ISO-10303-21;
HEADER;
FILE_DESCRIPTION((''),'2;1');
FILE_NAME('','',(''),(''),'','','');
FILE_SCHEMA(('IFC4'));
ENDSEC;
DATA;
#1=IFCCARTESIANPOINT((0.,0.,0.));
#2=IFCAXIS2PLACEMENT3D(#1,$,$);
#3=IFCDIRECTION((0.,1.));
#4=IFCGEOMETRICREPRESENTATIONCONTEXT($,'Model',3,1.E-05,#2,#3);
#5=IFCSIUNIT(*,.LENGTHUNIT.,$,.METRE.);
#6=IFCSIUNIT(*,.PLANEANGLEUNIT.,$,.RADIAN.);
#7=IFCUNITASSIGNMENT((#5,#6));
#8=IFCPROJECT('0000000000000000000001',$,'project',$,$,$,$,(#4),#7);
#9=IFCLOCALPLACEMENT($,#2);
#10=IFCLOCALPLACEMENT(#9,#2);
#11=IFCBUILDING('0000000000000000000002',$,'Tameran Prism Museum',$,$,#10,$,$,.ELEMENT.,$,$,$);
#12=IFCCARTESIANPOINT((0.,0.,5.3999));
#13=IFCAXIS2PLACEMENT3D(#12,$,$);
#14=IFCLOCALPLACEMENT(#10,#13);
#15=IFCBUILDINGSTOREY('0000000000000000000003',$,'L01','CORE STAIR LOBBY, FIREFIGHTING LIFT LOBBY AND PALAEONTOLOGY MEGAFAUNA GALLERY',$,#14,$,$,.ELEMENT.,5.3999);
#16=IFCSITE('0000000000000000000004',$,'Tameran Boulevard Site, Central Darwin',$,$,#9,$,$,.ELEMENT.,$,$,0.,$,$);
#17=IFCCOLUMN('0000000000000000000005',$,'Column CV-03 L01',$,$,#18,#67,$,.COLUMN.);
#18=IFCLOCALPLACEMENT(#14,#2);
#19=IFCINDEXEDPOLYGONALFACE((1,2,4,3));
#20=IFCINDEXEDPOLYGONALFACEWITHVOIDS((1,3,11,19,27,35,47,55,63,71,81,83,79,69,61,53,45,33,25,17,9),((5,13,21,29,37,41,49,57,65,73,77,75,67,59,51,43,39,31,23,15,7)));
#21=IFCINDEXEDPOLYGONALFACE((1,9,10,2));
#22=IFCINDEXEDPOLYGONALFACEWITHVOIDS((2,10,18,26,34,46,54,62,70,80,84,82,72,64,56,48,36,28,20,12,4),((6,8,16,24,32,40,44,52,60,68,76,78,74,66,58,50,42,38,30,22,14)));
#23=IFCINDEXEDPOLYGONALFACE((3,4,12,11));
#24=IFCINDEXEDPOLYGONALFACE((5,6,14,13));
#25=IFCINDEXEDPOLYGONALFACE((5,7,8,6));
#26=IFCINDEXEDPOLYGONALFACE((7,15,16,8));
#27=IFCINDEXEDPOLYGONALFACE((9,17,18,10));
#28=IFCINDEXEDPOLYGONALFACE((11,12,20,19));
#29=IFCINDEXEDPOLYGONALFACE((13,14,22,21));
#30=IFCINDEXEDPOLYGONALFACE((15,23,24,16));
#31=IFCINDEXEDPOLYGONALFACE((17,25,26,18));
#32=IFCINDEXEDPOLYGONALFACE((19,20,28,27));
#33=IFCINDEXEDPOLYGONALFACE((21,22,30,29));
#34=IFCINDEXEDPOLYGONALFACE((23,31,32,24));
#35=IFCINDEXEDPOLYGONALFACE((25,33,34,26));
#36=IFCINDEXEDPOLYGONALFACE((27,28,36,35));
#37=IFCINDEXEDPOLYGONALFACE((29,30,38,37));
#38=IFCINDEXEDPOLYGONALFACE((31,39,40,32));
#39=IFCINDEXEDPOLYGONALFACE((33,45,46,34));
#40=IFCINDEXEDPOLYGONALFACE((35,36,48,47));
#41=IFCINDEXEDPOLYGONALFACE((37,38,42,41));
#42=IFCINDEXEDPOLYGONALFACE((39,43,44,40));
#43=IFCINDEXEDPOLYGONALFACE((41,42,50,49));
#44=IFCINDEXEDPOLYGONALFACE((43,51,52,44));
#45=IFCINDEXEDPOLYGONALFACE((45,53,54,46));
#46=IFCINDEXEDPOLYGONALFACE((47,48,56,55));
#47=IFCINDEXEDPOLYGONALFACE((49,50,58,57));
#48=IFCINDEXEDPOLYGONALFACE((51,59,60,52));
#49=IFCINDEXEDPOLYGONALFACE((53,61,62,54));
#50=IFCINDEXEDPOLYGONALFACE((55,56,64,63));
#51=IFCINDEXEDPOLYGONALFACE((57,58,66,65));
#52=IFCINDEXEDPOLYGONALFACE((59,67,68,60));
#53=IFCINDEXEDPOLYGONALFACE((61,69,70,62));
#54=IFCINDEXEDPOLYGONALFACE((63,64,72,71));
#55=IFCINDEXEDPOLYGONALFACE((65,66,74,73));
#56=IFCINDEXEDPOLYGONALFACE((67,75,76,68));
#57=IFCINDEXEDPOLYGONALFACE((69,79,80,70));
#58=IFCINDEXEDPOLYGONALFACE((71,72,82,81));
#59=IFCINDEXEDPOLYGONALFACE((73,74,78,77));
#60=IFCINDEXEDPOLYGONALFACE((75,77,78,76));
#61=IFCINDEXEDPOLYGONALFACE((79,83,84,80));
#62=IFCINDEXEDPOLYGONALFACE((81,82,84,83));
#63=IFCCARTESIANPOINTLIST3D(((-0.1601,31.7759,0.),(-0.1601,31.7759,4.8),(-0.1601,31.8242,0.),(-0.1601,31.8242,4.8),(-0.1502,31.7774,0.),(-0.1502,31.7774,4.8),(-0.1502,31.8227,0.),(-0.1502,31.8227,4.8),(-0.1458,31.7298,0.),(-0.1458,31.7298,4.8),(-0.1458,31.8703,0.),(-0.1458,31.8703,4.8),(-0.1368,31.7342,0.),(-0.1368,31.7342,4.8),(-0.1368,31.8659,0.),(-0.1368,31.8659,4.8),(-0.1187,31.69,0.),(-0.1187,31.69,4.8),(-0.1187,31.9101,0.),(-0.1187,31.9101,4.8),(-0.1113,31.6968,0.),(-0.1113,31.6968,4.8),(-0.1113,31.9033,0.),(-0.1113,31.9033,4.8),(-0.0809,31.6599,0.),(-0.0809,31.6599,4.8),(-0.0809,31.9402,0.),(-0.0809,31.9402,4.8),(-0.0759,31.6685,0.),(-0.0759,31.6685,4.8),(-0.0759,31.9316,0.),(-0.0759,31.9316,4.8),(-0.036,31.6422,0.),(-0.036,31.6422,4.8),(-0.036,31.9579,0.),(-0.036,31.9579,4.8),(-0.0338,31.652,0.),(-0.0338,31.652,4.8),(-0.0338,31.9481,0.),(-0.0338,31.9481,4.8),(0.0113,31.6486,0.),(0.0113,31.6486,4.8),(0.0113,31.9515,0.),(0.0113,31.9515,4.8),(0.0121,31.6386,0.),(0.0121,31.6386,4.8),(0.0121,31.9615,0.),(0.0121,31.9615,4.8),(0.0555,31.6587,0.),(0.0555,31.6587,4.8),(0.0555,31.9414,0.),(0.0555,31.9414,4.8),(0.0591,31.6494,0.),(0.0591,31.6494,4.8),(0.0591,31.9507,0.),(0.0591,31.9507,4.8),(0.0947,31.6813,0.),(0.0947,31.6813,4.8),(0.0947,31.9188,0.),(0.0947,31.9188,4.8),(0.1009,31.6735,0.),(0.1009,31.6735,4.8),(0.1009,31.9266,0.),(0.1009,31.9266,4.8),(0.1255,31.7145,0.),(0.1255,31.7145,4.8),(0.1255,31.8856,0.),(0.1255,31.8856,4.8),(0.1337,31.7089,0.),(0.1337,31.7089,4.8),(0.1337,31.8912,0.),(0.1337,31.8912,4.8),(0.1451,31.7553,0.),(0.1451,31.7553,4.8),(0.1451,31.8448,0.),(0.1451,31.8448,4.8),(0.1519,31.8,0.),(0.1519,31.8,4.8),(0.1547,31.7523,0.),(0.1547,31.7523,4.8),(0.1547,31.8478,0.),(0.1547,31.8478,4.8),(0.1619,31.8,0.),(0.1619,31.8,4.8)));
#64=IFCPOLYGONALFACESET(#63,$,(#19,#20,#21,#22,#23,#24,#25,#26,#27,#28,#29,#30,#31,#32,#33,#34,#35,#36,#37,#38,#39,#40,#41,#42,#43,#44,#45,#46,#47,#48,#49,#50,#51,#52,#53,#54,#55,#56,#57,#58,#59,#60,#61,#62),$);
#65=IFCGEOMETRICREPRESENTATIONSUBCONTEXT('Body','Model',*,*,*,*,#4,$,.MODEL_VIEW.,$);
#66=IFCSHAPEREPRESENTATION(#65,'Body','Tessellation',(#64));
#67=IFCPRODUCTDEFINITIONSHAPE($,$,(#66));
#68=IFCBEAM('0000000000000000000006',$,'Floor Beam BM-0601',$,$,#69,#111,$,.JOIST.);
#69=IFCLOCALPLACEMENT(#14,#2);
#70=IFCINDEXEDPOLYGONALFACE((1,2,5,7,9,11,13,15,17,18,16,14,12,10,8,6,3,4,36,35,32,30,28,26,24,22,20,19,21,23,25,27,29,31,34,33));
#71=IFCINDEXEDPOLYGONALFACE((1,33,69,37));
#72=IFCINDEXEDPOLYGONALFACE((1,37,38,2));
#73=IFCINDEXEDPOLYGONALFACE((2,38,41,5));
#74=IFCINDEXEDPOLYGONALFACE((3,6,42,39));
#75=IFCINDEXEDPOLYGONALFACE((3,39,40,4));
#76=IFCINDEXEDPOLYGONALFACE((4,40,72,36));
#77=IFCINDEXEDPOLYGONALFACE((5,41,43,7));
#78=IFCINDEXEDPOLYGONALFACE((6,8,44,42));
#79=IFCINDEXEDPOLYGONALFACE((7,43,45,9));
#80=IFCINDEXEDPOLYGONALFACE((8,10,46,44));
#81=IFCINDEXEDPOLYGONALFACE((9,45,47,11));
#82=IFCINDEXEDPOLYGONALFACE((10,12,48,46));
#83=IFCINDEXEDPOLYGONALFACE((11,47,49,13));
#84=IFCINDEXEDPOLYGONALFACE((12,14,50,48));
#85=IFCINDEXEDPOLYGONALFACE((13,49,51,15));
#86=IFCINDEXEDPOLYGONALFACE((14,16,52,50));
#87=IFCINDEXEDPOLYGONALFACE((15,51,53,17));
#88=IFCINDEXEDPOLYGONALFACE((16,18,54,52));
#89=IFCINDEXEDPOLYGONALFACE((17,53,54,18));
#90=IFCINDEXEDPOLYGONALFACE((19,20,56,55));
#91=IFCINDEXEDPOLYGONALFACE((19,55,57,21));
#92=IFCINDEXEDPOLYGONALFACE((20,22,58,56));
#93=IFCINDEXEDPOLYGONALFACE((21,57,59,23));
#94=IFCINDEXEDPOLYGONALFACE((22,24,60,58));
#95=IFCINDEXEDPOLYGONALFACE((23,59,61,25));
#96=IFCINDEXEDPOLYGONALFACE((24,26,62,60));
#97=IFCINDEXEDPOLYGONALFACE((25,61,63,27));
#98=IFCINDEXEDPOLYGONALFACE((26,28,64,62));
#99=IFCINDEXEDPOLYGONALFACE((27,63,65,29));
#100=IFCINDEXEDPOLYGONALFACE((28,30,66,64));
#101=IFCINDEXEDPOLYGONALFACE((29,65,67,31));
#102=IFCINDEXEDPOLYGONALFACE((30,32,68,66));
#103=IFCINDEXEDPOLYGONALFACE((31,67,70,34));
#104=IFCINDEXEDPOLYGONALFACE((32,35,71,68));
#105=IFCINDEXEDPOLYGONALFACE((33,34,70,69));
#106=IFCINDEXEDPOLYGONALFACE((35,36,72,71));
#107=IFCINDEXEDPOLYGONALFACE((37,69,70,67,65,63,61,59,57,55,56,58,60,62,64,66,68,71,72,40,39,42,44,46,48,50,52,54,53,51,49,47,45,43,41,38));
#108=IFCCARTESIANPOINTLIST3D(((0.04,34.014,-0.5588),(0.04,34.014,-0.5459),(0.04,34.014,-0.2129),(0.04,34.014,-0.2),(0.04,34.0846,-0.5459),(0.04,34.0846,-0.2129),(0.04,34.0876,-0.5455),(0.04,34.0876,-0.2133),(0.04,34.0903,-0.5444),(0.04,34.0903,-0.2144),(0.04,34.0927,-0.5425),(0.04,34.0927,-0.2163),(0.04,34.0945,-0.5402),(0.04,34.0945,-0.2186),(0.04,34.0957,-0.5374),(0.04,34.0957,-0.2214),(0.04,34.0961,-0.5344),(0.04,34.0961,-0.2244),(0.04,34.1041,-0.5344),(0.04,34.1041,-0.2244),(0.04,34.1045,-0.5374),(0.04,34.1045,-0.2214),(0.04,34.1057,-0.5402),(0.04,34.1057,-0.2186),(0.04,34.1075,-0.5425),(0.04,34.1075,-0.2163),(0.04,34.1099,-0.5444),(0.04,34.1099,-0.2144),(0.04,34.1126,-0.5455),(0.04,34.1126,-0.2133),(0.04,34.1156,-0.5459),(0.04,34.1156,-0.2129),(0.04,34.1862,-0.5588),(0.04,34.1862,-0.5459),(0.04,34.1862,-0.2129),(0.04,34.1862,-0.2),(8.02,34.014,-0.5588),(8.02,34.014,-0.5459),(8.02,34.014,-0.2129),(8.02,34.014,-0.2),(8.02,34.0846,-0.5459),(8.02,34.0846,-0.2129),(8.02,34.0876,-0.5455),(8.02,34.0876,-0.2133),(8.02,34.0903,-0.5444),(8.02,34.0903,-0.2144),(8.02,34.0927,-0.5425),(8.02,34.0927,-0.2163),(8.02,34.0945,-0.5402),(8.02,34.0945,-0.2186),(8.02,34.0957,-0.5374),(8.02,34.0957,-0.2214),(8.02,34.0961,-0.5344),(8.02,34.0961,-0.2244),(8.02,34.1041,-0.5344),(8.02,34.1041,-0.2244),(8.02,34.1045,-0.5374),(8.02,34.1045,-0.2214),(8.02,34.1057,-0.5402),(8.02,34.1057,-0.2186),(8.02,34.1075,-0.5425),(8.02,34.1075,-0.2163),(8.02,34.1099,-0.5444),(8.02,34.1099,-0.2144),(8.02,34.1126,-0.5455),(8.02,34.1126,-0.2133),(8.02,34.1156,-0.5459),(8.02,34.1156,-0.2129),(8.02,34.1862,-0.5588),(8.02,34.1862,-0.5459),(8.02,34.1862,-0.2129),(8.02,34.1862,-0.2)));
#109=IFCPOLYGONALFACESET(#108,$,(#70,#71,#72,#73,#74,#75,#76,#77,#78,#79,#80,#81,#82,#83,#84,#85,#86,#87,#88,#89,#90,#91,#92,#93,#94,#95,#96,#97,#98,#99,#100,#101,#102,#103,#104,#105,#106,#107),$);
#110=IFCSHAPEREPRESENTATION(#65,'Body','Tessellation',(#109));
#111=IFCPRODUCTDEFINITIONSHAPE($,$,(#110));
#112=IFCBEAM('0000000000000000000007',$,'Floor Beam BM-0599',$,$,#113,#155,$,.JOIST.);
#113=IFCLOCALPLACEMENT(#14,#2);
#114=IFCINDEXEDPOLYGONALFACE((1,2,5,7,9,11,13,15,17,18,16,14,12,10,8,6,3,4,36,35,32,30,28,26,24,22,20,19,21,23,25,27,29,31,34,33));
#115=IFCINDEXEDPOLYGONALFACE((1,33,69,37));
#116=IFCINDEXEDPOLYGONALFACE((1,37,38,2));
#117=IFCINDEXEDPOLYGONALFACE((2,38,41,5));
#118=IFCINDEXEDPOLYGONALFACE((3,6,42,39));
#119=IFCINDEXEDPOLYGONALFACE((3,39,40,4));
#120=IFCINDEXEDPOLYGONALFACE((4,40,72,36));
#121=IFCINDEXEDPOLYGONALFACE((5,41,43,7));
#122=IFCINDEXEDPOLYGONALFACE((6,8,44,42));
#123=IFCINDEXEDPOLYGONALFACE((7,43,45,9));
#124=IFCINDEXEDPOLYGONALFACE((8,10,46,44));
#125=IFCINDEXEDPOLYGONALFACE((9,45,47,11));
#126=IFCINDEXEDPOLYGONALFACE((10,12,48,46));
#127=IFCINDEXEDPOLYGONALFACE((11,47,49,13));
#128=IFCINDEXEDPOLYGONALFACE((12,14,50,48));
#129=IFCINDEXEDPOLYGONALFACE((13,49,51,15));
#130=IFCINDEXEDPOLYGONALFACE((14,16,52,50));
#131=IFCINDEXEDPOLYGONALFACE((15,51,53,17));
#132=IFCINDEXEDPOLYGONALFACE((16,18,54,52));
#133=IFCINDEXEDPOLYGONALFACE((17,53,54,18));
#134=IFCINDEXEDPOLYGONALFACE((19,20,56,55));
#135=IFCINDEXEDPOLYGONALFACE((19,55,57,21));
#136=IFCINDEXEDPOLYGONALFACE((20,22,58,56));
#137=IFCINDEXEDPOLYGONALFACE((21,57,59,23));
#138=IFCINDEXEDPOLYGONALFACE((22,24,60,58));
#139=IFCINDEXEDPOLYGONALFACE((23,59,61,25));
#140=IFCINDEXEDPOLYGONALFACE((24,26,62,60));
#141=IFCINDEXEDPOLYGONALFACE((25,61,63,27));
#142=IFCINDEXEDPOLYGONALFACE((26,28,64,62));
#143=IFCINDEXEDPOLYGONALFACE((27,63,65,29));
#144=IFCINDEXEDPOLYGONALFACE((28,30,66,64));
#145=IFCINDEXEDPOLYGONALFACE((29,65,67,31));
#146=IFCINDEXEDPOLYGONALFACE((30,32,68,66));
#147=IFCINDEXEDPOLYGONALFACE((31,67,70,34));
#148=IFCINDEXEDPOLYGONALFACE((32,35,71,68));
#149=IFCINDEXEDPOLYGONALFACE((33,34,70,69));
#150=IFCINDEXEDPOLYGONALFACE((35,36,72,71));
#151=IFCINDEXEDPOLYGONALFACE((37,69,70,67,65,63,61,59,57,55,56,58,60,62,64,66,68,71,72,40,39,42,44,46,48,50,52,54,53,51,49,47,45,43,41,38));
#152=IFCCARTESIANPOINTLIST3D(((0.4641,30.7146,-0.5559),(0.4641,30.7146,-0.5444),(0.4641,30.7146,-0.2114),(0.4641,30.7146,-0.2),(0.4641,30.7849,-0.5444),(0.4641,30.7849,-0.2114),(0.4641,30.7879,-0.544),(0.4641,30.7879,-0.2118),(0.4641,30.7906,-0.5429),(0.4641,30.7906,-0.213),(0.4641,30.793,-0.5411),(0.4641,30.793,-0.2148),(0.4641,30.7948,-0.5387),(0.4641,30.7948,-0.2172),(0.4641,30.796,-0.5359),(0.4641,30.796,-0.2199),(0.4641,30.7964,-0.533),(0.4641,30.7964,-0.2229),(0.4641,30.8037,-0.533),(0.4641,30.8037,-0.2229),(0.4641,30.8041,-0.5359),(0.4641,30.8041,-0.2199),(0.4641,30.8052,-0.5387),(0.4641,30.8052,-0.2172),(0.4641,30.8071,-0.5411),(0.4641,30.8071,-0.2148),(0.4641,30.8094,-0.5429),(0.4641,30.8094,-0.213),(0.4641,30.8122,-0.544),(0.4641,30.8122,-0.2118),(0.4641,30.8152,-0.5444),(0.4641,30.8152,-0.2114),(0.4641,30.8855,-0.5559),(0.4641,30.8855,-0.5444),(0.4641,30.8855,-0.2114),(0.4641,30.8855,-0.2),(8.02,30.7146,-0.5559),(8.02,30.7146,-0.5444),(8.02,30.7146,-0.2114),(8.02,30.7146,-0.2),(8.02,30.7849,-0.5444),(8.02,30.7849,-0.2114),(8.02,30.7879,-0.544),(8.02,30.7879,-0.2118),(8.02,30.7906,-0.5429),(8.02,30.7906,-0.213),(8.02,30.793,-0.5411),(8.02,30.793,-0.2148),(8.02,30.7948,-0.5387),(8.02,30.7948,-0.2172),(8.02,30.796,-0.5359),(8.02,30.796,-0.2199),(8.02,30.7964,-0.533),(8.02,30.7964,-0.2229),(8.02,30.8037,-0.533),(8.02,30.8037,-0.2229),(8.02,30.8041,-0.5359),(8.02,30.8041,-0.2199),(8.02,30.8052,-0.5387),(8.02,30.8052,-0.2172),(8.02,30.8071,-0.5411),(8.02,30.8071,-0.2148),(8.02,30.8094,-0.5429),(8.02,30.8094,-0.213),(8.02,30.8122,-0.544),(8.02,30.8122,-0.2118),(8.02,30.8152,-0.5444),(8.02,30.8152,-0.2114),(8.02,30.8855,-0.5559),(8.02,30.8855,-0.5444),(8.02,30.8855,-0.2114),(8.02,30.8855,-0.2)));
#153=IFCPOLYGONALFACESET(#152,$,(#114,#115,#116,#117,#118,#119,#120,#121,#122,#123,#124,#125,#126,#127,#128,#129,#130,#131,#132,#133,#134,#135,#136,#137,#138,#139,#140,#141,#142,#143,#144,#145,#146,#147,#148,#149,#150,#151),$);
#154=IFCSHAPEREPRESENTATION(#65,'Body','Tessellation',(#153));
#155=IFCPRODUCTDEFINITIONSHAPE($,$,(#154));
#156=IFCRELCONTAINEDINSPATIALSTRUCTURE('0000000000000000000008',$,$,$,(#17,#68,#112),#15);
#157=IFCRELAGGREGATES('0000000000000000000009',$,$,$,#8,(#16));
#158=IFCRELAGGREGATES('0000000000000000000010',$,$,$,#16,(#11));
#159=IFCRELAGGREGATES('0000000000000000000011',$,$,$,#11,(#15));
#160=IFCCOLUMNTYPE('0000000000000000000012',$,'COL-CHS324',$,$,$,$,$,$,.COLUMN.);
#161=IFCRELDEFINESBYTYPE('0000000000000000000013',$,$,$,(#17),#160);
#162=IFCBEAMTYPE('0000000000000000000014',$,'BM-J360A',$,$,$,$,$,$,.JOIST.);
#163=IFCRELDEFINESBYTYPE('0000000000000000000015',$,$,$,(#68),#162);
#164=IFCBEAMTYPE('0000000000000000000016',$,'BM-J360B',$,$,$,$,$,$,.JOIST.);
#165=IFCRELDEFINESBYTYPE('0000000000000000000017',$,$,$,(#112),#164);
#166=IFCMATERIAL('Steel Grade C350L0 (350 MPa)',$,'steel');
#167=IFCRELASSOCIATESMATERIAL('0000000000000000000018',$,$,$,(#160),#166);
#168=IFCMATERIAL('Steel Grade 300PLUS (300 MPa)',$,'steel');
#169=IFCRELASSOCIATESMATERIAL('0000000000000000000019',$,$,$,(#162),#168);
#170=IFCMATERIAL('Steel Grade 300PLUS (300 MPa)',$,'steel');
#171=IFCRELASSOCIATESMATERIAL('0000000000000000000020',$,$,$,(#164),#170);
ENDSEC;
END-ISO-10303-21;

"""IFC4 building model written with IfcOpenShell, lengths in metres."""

from ifc_helpers import new_model, si_unit, direction, frame, origin, origin_2d, place, context, subcontext, project, spatial, hollow_circle, i_section, extrude, material, material_profile, profile_set, type_object, element, save


model = new_model("IFC4")

# Units and contexts
model_context = context("Model", 3, precision=1e-05, world=origin(), true_north=direction((0.0, 1.0)))
body_context = subcontext(model_context, "Body", "Model", "MODEL_VIEW")
ifc_project = project(units=[si_unit("LENGTHUNIT", "METRE"), si_unit("PLANEANGLEUNIT", "RADIAN")], contexts=[model_context])

# Site, building, storey
site_placement = place(None, origin())
site = spatial("IfcSite", under=ifc_project, at=site_placement, Name="Tameran Boulevard Site, Central Darwin", CompositionType="ELEMENT", RefElevation=0.0)
building_placement = place(site_placement, origin())
building = spatial("IfcBuilding", under=site, at=building_placement, Name="Tameran Prism Museum", CompositionType="ELEMENT")
storey_placement = place(building_placement, frame((0.0, 0.0, 5.3999)))
storey = spatial("IfcBuildingStorey", under=building, at=storey_placement, Name="L01", Description="CORE STAIR LOBBY, FIREFIGHTING LIFT LOBBY AND PALAEONTOLOGY MEGAFAUNA GALLERY", CompositionType="ELEMENT", Elevation=5.3999)

# Column
ifc_material_1 = material(Name="Steel Grade C350L0 (350 MPa)", Category="steel")
ifc_material_profile_1 = material_profile(ifc_material_1, hollow_circle(Radius=0.1619, WallThickness=0.01, at=origin_2d()))
ifc_profile_set_1 = profile_set([ifc_material_profile_1])
column_type = type_object("IfcColumnType", Name="COL-CHS324", PredefinedType="COLUMN", material=ifc_profile_set_1)
column_placement = place(storey_placement, frame((0.0, 31.8, 0.0), z_axis=(0.0, 0.0, 1.0), x_axis=(1.0, 0.0, 0.0)))
element("IfcColumn", 1, at=column_placement, inside=storey, type_object=column_type, Name="Column CV-03 L01", PredefinedType="COLUMN", context=body_context, shape_type="SweptSolid", body=[
    extrude(hollow_circle(Radius=0.1619, WallThickness=0.01, at=origin_2d()), origin(), (0.0, 0.0, 1.0), 4.8),
])

# Beams
ifc_material_2 = material(Name="Steel Grade 300PLUS (300 MPa)", Category="steel")
ifc_material_profile_2 = material_profile(ifc_material_2, i_section(OverallWidth=0.1721, OverallDepth=0.3589, WebThickness=0.0081, FlangeThickness=0.0129, FilletRadius=0.0115, at=origin_2d()))
ifc_profile_set_2 = profile_set([ifc_material_profile_2])
beam_type_1 = type_object("IfcBeamType", Name="BM-J360A", PredefinedType="JOIST", material=ifc_profile_set_2)
beam_1_placement = place(storey_placement, frame((0.04, 34.1001, -0.3794), z_axis=(1.0, 0.0, 0.0), x_axis=(0.0, 1.0, 0.0)))
element("IfcBeam", 2, at=beam_1_placement, inside=storey, type_object=beam_type_1, Name="Floor Beam BM-0601", PredefinedType="JOIST", context=body_context, shape_type="SweptSolid", body=[
    extrude(i_section(OverallWidth=0.1721, OverallDepth=0.3589, WebThickness=0.0081, FlangeThickness=0.0129, FilletRadius=0.0115, at=origin_2d()), origin(), (0.0, 0.0, 1.0), 7.98),
])
ifc_material_3 = material(Name="Steel Grade 300PLUS (300 MPa)", Category="steel")
ifc_material_profile_3 = material_profile(ifc_material_3, i_section(OverallWidth=0.1709, OverallDepth=0.356, WebThickness=0.0073, FlangeThickness=0.0115, FilletRadius=0.0115, at=origin_2d()))
ifc_profile_set_3 = profile_set([ifc_material_profile_3])
beam_type_2 = type_object("IfcBeamType", Name="BM-J360B", PredefinedType="JOIST", material=ifc_profile_set_3)
beam_2_placement = place(storey_placement, frame((0.4641, 30.8, -0.3779), z_axis=(1.0, 0.0, 0.0), x_axis=(0.0, 1.0, 0.0)))
element("IfcBeam", 3, at=beam_2_placement, inside=storey, type_object=beam_type_2, Name="Floor Beam BM-0599", PredefinedType="JOIST", context=body_context, shape_type="SweptSolid", body=[
    extrude(i_section(OverallWidth=0.1709, OverallDepth=0.356, WebThickness=0.0073, FlangeThickness=0.0115, FilletRadius=0.0115, at=origin_2d()), origin(), (0.0, 0.0, 1.0), 7.5559),
])

save(model, "model.ifc")
